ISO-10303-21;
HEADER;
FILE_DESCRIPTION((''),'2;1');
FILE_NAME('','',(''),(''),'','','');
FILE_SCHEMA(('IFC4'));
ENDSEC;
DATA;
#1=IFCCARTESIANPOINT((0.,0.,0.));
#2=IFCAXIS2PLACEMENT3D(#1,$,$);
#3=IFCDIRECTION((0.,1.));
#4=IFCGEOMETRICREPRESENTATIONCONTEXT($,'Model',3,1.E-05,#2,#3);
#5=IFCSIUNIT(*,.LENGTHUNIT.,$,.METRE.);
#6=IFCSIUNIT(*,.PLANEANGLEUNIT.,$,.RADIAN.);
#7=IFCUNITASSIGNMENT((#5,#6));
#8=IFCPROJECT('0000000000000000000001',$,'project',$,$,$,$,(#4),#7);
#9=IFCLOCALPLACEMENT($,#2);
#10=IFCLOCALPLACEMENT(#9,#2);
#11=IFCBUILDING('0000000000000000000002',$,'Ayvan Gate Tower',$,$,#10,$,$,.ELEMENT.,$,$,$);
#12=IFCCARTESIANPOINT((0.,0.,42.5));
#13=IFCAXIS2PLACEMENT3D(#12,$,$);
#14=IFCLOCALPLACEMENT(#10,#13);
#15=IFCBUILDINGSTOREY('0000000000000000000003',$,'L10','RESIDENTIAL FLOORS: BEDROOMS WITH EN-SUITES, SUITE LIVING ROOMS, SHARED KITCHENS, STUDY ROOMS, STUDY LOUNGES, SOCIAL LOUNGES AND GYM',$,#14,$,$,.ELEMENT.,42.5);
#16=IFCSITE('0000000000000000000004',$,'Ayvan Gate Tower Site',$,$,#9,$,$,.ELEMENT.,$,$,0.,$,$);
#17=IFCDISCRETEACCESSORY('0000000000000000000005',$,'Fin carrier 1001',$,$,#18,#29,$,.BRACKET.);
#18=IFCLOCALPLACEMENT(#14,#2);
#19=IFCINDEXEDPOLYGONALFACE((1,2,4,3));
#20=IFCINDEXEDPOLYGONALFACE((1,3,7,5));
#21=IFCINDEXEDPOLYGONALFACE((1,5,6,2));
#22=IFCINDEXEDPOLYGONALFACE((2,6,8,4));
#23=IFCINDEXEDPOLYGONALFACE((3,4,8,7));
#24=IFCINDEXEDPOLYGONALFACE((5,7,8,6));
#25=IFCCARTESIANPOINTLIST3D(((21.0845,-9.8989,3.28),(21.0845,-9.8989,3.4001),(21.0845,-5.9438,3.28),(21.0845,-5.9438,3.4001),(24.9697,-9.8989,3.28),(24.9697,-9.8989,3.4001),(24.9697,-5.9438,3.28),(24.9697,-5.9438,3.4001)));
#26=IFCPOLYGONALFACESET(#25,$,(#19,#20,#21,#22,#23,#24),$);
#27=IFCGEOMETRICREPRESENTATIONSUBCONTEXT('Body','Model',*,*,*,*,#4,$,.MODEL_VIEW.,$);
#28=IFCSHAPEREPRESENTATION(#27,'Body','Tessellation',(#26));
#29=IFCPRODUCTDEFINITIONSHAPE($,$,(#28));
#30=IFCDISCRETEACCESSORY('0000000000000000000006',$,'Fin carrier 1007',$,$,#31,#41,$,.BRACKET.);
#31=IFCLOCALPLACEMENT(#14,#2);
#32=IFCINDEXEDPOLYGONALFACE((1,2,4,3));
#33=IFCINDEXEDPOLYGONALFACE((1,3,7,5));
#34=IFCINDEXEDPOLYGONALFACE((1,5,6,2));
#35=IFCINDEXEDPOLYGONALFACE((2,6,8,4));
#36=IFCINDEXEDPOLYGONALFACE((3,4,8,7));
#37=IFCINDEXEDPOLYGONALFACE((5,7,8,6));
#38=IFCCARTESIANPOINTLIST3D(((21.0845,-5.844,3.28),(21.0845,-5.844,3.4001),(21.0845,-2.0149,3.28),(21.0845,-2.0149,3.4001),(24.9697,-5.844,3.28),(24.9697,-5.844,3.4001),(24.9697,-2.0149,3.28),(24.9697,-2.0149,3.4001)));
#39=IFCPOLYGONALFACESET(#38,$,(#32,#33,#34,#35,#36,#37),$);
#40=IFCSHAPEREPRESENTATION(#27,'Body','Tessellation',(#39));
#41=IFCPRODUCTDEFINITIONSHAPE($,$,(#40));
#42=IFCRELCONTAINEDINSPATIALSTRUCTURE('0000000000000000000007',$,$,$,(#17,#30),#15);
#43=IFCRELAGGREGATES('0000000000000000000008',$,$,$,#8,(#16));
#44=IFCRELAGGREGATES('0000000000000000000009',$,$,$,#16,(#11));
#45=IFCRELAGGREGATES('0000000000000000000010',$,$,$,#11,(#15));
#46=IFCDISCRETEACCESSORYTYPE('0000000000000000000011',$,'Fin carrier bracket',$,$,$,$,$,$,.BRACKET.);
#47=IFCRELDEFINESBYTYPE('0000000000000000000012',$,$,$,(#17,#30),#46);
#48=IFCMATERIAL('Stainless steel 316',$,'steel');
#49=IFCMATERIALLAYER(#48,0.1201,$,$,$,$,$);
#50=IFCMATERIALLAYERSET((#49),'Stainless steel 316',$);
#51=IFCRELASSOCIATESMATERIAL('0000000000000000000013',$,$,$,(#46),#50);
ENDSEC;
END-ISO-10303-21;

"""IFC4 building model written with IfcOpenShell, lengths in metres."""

from ifc_helpers import new_model, si_unit, direction, frame, origin, origin_2d, place, context, subcontext, project, spatial, rectangle, extrude, material, layer, layer_set, type_object, element, save


model = new_model("IFC4")

# Units and contexts
model_context = context("Model", 3, precision=1e-05, world=origin(), true_north=direction((0.0, 1.0)))
body_context = subcontext(model_context, "Body", "Model", "MODEL_VIEW")
ifc_project = project(units=[si_unit("LENGTHUNIT", "METRE"), si_unit("PLANEANGLEUNIT", "RADIAN")], contexts=[model_context])

# Site, building, storey
site_placement = place(None, origin())
site = spatial("IfcSite", under=ifc_project, at=site_placement, Name="Ayvan Gate Tower Site", CompositionType="ELEMENT", RefElevation=0.0)
building_placement = place(site_placement, origin())
building = spatial("IfcBuilding", under=site, at=building_placement, Name="Ayvan Gate Tower", CompositionType="ELEMENT")
storey_placement = place(building_placement, frame((0.0, 0.0, 42.5)))
storey = spatial("IfcBuildingStorey", under=building, at=storey_placement, Name="L10", Description="RESIDENTIAL FLOORS: BEDROOMS WITH EN-SUITES, SUITE LIVING ROOMS, SHARED KITCHENS, STUDY ROOMS, STUDY LOUNGES, SOCIAL LOUNGES AND GYM", CompositionType="ELEMENT", Elevation=42.5)

# Discrete accessories
ifc_material_1 = material(Name="Stainless steel 316", Category="steel")
ifc_layer_1 = layer(ifc_material_1, 0.1201)
ifc_layer_set_1 = layer_set([ifc_layer_1], Name="Stainless steel 316")
discrete_accessory_type = type_object("IfcDiscreteAccessoryType", Name="Fin carrier bracket", PredefinedType="BRACKET", material=ifc_layer_set_1)
discrete_accessory_1_placement = place(storey_placement, frame((23.0271, -7.9214, 3.28), z_axis=(0.0, 0.0, 1.0), x_axis=(0.0, 1.0, 0.0)))
element("IfcDiscreteAccessory", 1, at=discrete_accessory_1_placement, inside=storey, type_object=discrete_accessory_type, Name="Fin carrier 1001", PredefinedType="BRACKET", context=body_context, shape_type="SweptSolid", body=[
    extrude(rectangle(XDim=3.9551, YDim=3.8853, at=origin_2d()), origin(), (0.0, 0.0, 1.0), 0.1201),
])
discrete_accessory_2_placement = place(storey_placement, frame((23.0271, -3.9294, 3.28), z_axis=(0.0, 0.0, 1.0), x_axis=(0.0, 1.0, 0.0)))
element("IfcDiscreteAccessory", 2, at=discrete_accessory_2_placement, inside=storey, type_object=discrete_accessory_type, Name="Fin carrier 1007", PredefinedType="BRACKET", context=body_context, shape_type="SweptSolid", body=[
    extrude(rectangle(XDim=3.8291, YDim=3.8853, at=origin_2d()), origin(), (0.0, 0.0, 1.0), 0.1201),
])

save(model, "model.ifc")
